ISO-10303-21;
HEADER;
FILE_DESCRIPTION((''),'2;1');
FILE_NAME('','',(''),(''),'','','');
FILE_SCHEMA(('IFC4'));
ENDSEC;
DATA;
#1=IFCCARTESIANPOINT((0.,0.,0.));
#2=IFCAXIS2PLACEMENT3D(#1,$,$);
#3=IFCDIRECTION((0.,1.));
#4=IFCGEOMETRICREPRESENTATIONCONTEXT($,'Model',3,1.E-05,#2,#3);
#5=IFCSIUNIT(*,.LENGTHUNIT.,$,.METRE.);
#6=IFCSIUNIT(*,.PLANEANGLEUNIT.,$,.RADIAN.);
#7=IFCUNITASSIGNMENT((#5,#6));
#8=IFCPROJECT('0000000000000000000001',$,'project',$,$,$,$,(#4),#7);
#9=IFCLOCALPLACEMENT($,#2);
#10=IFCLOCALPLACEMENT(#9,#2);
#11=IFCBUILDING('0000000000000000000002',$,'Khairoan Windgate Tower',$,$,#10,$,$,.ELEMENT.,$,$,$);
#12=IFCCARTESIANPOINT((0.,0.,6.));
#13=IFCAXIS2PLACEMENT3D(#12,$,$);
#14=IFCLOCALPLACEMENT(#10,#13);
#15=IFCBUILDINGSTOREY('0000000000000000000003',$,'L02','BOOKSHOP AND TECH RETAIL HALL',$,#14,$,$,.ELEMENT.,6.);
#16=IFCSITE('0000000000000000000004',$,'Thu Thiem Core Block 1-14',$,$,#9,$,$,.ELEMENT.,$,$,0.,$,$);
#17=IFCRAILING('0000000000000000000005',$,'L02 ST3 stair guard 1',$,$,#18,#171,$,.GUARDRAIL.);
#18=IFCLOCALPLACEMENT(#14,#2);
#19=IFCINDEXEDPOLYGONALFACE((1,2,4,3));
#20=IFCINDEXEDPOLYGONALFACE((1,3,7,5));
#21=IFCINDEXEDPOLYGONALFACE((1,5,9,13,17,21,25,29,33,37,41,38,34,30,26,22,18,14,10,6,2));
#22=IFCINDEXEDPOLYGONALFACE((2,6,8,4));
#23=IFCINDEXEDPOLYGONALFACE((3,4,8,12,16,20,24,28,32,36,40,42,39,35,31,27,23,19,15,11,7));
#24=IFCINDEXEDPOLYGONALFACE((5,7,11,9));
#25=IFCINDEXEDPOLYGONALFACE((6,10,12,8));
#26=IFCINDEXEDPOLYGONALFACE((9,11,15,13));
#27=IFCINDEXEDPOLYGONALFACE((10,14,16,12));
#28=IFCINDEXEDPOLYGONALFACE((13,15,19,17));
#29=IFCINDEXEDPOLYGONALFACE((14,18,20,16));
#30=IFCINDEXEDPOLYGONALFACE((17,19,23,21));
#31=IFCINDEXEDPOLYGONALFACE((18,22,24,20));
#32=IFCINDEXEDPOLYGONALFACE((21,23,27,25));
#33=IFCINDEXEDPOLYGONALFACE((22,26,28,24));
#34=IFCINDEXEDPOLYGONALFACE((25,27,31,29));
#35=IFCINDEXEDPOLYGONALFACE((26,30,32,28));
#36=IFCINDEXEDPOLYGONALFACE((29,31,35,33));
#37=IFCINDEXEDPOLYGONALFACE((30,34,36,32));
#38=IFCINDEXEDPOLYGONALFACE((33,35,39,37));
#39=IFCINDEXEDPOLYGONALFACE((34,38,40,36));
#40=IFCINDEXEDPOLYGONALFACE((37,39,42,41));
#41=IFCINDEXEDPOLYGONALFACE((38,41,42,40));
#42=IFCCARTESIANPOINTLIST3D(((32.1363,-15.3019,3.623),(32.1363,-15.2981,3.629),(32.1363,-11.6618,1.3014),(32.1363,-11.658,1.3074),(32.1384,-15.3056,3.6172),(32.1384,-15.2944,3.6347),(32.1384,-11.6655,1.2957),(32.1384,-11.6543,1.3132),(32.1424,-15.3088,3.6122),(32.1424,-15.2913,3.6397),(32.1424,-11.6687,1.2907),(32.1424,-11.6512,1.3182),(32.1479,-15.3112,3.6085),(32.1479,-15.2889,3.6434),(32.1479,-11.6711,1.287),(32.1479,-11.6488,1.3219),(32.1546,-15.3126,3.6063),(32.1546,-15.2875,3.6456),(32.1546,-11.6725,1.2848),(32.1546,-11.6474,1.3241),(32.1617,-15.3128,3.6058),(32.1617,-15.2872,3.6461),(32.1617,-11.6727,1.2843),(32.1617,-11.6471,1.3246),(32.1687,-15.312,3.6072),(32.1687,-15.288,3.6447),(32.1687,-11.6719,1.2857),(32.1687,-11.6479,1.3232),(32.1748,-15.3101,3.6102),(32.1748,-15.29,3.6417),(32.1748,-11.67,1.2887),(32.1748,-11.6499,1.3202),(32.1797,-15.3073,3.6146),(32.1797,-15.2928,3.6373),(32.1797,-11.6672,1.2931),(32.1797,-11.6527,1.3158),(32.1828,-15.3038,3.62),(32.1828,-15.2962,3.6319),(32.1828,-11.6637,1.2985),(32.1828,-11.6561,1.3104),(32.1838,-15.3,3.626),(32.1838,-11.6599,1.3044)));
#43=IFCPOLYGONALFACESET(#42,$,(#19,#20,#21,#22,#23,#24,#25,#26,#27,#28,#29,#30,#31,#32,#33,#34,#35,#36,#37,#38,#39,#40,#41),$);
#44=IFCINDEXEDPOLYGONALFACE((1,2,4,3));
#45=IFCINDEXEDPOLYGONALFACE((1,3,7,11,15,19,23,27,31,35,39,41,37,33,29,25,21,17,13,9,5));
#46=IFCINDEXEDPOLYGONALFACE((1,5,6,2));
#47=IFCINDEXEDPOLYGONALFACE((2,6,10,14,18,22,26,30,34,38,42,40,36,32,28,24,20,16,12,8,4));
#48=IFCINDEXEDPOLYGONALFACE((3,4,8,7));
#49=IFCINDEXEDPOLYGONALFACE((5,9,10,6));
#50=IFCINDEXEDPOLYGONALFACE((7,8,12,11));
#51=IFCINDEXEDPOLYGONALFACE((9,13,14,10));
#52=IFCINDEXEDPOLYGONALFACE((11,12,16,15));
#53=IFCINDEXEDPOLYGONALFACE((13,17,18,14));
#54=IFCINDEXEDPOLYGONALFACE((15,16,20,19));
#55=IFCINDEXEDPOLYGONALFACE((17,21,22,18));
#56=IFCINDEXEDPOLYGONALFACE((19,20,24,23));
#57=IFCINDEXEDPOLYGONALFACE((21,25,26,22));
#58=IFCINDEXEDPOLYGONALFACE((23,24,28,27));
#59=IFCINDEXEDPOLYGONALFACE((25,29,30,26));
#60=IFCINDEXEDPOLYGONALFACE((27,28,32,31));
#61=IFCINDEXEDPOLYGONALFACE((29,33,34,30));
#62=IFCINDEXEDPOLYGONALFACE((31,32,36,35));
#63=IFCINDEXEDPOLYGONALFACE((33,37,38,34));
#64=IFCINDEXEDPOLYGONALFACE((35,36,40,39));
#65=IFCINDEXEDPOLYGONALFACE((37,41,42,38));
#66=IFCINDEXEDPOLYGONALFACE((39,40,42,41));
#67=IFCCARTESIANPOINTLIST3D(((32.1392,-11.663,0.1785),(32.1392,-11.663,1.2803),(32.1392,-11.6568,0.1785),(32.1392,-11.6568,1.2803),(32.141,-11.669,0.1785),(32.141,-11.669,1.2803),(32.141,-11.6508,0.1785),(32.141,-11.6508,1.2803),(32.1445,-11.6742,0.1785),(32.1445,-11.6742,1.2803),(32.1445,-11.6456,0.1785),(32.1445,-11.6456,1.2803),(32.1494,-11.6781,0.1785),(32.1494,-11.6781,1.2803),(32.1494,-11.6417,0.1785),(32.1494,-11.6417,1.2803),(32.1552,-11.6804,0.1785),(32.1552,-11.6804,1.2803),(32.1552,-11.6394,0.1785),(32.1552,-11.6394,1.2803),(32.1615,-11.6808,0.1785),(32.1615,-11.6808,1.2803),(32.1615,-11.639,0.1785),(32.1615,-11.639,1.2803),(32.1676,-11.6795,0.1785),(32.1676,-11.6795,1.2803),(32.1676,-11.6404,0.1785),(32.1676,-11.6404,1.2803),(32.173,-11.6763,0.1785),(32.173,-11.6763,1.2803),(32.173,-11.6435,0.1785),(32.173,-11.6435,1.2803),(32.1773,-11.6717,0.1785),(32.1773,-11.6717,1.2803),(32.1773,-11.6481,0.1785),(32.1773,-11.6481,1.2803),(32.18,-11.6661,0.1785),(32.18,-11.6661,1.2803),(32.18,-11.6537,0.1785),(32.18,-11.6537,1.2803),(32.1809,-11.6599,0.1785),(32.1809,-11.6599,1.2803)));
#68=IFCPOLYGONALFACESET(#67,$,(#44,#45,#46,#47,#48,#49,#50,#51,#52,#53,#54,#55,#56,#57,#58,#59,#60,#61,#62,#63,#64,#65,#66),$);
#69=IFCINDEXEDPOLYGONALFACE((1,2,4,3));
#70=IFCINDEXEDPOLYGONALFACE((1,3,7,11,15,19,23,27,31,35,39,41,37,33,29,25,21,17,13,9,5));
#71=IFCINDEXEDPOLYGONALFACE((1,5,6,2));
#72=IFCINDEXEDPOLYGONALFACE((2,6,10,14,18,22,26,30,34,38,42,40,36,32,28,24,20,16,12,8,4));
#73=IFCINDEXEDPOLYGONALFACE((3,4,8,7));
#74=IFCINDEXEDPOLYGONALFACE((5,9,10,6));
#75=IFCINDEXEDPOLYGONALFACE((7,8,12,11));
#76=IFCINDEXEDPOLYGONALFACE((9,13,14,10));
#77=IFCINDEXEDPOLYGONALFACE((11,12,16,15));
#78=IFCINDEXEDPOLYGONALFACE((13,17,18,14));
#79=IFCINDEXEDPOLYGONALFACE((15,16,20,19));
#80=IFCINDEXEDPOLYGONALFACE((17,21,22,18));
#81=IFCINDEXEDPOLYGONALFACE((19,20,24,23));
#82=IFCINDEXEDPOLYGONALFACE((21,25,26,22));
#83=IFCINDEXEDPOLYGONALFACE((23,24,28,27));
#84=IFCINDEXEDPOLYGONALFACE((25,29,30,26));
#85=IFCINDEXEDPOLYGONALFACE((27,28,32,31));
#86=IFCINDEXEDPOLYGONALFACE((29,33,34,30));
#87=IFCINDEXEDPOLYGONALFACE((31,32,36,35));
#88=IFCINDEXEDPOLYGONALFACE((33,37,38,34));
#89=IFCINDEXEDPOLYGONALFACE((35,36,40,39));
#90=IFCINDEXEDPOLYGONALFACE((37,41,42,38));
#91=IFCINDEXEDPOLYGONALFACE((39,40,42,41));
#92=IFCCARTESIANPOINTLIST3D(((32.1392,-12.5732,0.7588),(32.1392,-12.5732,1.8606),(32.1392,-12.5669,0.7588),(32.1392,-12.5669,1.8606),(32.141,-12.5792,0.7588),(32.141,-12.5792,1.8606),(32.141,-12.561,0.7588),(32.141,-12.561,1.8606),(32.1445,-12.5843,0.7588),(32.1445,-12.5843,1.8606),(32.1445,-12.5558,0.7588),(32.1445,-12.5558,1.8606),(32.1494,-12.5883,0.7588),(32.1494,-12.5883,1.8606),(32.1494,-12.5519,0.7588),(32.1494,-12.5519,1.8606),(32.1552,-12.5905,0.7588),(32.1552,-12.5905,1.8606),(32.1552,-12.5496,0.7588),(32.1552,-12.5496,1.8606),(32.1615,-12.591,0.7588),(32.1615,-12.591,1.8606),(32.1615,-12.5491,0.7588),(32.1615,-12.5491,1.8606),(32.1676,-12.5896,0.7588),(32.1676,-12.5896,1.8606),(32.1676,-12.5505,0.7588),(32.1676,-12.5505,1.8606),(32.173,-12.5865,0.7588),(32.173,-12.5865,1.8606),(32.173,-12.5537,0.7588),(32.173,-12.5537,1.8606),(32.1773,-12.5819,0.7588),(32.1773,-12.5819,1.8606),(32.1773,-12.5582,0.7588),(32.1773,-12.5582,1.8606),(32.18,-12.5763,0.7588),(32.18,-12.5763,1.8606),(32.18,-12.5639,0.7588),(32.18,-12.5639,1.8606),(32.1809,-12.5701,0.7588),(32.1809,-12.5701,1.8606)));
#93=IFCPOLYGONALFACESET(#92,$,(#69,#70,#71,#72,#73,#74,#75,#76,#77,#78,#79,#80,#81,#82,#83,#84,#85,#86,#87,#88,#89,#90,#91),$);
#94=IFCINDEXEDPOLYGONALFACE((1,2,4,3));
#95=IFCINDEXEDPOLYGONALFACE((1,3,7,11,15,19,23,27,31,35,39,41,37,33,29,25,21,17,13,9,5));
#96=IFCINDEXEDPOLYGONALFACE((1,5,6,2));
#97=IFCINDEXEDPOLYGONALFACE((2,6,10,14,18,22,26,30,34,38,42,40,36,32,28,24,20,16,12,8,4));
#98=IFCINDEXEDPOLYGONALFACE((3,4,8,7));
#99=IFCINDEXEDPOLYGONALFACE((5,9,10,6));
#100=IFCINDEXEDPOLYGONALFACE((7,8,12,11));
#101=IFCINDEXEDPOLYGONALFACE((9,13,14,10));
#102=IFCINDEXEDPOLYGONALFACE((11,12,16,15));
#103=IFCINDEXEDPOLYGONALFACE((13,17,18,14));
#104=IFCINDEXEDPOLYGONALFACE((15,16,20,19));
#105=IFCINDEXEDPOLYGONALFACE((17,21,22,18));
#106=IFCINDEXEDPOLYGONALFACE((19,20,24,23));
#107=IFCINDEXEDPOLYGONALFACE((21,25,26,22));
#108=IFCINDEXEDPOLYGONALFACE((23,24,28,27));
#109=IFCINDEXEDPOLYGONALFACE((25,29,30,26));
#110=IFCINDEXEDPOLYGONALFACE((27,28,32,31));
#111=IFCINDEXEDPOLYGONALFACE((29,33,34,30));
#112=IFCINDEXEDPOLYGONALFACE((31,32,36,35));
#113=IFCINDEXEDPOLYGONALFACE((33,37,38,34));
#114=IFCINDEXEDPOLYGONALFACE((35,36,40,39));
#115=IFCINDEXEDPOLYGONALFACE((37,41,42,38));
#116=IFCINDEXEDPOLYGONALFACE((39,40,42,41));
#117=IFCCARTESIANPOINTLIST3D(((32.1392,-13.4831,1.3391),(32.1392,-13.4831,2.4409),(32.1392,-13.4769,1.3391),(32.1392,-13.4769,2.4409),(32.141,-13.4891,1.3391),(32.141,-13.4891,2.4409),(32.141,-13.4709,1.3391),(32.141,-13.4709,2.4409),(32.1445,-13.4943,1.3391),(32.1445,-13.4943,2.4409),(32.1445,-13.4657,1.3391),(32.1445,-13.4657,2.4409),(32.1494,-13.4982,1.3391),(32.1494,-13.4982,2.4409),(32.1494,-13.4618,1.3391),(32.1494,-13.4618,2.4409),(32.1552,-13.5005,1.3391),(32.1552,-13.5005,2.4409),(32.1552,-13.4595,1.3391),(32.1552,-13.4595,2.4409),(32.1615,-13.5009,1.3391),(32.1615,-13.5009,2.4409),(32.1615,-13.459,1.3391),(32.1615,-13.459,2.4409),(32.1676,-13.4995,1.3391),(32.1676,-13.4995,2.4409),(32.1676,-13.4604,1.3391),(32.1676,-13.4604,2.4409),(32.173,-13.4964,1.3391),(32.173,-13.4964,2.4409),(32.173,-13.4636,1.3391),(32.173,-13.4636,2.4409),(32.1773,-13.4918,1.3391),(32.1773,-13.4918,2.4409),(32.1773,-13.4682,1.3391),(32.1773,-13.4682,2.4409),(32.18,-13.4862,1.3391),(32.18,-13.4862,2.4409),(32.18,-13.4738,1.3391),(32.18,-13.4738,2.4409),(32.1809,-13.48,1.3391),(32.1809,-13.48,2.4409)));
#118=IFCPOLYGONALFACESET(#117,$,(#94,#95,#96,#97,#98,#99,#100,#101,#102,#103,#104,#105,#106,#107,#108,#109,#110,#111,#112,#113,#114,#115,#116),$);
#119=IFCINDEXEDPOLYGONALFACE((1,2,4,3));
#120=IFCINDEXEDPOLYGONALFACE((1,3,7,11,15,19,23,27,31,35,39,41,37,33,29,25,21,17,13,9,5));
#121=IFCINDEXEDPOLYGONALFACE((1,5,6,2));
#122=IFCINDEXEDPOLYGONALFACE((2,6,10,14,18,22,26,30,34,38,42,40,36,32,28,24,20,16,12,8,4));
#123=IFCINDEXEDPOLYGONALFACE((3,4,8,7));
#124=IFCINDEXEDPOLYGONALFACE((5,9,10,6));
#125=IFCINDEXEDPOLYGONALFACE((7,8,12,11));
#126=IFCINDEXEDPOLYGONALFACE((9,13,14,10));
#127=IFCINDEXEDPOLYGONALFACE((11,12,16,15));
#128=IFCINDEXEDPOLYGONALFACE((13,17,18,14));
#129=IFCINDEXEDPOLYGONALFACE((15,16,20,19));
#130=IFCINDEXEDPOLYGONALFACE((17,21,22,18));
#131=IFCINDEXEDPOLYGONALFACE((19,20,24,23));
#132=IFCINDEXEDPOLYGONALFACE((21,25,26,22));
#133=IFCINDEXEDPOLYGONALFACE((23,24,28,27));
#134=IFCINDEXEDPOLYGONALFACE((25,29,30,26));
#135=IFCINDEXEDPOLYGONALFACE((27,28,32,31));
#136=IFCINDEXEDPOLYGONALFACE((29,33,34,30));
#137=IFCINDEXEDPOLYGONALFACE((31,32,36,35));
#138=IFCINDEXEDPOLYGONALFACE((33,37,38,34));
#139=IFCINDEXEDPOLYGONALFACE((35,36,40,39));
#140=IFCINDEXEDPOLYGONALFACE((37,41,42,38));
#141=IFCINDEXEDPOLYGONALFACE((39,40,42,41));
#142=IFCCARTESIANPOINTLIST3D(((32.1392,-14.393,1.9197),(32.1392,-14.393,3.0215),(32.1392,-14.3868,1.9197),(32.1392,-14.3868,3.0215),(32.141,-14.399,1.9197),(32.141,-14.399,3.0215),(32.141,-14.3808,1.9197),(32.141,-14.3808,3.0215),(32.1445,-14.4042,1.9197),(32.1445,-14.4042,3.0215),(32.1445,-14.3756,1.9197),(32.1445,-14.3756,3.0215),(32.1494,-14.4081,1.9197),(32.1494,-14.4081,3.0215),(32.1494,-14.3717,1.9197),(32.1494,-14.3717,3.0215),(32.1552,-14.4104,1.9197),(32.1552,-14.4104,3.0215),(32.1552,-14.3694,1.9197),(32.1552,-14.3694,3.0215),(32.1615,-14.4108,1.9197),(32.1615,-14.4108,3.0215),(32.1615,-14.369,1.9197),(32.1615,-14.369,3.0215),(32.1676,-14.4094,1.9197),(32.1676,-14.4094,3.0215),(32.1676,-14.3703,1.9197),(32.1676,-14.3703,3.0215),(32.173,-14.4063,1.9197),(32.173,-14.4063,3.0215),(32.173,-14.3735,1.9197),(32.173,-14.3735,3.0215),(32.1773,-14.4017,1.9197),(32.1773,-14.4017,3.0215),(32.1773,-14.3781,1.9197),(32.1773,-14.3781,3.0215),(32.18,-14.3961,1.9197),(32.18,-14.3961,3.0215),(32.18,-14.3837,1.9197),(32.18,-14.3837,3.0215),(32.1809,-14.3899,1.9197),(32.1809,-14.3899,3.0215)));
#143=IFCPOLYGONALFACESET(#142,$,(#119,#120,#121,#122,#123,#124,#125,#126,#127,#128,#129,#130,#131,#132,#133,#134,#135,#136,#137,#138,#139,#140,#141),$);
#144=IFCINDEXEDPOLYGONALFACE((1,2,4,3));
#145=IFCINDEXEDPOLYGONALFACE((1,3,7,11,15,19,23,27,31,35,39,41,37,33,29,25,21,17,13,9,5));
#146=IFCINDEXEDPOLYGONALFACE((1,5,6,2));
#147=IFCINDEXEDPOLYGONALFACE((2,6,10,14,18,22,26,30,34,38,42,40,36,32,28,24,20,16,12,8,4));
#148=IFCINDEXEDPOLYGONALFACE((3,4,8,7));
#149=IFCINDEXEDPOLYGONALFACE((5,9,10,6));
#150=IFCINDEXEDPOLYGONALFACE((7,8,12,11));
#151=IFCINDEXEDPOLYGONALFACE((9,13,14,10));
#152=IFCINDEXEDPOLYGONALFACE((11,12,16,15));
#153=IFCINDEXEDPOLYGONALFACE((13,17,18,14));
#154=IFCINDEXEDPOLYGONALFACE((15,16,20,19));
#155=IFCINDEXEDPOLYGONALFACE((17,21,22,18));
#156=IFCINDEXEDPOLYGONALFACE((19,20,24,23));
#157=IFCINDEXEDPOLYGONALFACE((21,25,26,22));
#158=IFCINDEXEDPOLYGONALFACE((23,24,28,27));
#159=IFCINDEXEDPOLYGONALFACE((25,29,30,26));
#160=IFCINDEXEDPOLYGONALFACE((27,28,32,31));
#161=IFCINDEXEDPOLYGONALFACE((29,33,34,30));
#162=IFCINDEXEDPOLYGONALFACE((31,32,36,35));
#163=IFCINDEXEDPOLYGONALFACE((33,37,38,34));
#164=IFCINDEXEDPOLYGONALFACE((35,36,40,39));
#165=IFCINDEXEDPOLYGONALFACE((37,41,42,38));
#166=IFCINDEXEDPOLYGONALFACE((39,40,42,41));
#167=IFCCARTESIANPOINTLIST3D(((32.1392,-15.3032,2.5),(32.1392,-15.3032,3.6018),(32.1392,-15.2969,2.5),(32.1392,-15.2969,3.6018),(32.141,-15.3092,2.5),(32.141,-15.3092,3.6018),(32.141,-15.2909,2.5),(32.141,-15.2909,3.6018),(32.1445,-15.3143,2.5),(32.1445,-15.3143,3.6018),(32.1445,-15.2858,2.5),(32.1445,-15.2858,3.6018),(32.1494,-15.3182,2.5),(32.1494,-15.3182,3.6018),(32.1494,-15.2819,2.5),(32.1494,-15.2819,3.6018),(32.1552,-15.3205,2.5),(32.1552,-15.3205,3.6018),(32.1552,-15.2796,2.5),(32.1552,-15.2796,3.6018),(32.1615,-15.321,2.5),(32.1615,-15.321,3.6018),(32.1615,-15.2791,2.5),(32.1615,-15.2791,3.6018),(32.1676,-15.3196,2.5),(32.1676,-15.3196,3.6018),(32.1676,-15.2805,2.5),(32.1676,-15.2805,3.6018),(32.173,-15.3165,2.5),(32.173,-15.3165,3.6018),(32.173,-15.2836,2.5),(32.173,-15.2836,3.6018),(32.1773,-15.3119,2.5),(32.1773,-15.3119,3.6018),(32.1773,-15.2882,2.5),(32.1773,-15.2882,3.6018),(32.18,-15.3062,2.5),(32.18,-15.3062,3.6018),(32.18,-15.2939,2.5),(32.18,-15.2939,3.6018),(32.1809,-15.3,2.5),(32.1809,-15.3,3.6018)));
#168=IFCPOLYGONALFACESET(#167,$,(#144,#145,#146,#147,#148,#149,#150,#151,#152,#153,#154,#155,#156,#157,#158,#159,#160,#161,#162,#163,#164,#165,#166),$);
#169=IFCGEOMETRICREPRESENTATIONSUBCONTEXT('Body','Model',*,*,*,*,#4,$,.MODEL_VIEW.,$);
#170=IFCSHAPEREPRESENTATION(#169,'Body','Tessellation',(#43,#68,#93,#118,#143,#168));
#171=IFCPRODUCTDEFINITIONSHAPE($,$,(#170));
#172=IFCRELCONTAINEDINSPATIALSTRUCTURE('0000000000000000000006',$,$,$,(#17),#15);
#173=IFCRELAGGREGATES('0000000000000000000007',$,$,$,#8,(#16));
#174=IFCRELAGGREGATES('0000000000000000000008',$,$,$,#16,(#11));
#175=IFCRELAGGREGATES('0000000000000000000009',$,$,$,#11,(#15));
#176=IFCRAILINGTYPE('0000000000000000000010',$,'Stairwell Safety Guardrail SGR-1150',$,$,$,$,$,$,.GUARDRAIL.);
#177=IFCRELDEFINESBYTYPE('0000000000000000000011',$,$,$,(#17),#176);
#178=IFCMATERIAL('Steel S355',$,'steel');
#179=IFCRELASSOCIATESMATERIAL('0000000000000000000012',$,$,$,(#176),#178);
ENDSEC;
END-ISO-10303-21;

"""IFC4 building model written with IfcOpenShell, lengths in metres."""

from ifc_helpers import new_model, si_unit, direction, frame, origin, origin_2d, place, context, subcontext, project, spatial, circle, extrude, material, type_object, element, save


model = new_model("IFC4")

# Units and contexts
model_context = context("Model", 3, precision=1e-05, world=origin(), true_north=direction((0.0, 1.0)))
body_context = subcontext(model_context, "Body", "Model", "MODEL_VIEW")
ifc_project = project(units=[si_unit("LENGTHUNIT", "METRE"), si_unit("PLANEANGLEUNIT", "RADIAN")], contexts=[model_context])

# Site, building, storey
site_placement = place(None, origin())
site = spatial("IfcSite", under=ifc_project, at=site_placement, Name="Thu Thiem Core Block 1-14", CompositionType="ELEMENT", RefElevation=0.0)
building_placement = place(site_placement, origin())
building = spatial("IfcBuilding", under=site, at=building_placement, Name="Khairoan Windgate Tower", CompositionType="ELEMENT")
storey_placement = place(building_placement, frame((0.0, 0.0, 6.0)))
storey = spatial("IfcBuildingStorey", under=building, at=storey_placement, Name="L02", Description="BOOKSHOP AND TECH RETAIL HALL", CompositionType="ELEMENT", Elevation=6.0)

# Railing
ifc_material_1 = material(Name="Steel S355", Category="steel")
railing_type_1 = type_object("IfcRailingType", Name="Stairwell Safety Guardrail SGR-1150", PredefinedType="GUARDRAIL", material=ifc_material_1)
railing_1_placement = place(storey_placement, frame((32.1599, -11.6599, 0.1785)))
element("IfcRailing", 1, at=railing_1_placement, inside=storey, type_object=railing_type_1, Name="L02 ST3 stair guard 1", PredefinedType="GUARDRAIL", context=body_context, shape_type="SweptSolid", body=[
    extrude(circle(Radius=0.0239, at=origin_2d()), frame((0.0, 0.0, 1.126), z_axis=(0.0, -0.843128, 0.537713), x_axis=(1.0, 0.0, 0.0)), (0.0, 0.0, 1.0), 4.3174),
    extrude(circle(Radius=0.021, at=origin_2d()), origin(), (0.0, 0.0, 1.0), 1.1018),
    extrude(circle(Radius=0.021, at=origin_2d()), frame((0.0, -0.9102, 0.5803)), (0.0, 0.0, 1.0), 1.1018),
    extrude(circle(Radius=0.021, at=origin_2d()), frame((0.0, -1.8201, 1.1606)), (0.0, 0.0, 1.0), 1.1018),
    extrude(circle(Radius=0.021, at=origin_2d()), frame((0.0, -2.73, 1.7412)), (0.0, 0.0, 1.0), 1.1018),
    extrude(circle(Radius=0.021, at=origin_2d()), frame((0.0, -3.6401, 2.3215)), (0.0, 0.0, 1.0), 1.1018),
])

save(model, "model.ifc")
